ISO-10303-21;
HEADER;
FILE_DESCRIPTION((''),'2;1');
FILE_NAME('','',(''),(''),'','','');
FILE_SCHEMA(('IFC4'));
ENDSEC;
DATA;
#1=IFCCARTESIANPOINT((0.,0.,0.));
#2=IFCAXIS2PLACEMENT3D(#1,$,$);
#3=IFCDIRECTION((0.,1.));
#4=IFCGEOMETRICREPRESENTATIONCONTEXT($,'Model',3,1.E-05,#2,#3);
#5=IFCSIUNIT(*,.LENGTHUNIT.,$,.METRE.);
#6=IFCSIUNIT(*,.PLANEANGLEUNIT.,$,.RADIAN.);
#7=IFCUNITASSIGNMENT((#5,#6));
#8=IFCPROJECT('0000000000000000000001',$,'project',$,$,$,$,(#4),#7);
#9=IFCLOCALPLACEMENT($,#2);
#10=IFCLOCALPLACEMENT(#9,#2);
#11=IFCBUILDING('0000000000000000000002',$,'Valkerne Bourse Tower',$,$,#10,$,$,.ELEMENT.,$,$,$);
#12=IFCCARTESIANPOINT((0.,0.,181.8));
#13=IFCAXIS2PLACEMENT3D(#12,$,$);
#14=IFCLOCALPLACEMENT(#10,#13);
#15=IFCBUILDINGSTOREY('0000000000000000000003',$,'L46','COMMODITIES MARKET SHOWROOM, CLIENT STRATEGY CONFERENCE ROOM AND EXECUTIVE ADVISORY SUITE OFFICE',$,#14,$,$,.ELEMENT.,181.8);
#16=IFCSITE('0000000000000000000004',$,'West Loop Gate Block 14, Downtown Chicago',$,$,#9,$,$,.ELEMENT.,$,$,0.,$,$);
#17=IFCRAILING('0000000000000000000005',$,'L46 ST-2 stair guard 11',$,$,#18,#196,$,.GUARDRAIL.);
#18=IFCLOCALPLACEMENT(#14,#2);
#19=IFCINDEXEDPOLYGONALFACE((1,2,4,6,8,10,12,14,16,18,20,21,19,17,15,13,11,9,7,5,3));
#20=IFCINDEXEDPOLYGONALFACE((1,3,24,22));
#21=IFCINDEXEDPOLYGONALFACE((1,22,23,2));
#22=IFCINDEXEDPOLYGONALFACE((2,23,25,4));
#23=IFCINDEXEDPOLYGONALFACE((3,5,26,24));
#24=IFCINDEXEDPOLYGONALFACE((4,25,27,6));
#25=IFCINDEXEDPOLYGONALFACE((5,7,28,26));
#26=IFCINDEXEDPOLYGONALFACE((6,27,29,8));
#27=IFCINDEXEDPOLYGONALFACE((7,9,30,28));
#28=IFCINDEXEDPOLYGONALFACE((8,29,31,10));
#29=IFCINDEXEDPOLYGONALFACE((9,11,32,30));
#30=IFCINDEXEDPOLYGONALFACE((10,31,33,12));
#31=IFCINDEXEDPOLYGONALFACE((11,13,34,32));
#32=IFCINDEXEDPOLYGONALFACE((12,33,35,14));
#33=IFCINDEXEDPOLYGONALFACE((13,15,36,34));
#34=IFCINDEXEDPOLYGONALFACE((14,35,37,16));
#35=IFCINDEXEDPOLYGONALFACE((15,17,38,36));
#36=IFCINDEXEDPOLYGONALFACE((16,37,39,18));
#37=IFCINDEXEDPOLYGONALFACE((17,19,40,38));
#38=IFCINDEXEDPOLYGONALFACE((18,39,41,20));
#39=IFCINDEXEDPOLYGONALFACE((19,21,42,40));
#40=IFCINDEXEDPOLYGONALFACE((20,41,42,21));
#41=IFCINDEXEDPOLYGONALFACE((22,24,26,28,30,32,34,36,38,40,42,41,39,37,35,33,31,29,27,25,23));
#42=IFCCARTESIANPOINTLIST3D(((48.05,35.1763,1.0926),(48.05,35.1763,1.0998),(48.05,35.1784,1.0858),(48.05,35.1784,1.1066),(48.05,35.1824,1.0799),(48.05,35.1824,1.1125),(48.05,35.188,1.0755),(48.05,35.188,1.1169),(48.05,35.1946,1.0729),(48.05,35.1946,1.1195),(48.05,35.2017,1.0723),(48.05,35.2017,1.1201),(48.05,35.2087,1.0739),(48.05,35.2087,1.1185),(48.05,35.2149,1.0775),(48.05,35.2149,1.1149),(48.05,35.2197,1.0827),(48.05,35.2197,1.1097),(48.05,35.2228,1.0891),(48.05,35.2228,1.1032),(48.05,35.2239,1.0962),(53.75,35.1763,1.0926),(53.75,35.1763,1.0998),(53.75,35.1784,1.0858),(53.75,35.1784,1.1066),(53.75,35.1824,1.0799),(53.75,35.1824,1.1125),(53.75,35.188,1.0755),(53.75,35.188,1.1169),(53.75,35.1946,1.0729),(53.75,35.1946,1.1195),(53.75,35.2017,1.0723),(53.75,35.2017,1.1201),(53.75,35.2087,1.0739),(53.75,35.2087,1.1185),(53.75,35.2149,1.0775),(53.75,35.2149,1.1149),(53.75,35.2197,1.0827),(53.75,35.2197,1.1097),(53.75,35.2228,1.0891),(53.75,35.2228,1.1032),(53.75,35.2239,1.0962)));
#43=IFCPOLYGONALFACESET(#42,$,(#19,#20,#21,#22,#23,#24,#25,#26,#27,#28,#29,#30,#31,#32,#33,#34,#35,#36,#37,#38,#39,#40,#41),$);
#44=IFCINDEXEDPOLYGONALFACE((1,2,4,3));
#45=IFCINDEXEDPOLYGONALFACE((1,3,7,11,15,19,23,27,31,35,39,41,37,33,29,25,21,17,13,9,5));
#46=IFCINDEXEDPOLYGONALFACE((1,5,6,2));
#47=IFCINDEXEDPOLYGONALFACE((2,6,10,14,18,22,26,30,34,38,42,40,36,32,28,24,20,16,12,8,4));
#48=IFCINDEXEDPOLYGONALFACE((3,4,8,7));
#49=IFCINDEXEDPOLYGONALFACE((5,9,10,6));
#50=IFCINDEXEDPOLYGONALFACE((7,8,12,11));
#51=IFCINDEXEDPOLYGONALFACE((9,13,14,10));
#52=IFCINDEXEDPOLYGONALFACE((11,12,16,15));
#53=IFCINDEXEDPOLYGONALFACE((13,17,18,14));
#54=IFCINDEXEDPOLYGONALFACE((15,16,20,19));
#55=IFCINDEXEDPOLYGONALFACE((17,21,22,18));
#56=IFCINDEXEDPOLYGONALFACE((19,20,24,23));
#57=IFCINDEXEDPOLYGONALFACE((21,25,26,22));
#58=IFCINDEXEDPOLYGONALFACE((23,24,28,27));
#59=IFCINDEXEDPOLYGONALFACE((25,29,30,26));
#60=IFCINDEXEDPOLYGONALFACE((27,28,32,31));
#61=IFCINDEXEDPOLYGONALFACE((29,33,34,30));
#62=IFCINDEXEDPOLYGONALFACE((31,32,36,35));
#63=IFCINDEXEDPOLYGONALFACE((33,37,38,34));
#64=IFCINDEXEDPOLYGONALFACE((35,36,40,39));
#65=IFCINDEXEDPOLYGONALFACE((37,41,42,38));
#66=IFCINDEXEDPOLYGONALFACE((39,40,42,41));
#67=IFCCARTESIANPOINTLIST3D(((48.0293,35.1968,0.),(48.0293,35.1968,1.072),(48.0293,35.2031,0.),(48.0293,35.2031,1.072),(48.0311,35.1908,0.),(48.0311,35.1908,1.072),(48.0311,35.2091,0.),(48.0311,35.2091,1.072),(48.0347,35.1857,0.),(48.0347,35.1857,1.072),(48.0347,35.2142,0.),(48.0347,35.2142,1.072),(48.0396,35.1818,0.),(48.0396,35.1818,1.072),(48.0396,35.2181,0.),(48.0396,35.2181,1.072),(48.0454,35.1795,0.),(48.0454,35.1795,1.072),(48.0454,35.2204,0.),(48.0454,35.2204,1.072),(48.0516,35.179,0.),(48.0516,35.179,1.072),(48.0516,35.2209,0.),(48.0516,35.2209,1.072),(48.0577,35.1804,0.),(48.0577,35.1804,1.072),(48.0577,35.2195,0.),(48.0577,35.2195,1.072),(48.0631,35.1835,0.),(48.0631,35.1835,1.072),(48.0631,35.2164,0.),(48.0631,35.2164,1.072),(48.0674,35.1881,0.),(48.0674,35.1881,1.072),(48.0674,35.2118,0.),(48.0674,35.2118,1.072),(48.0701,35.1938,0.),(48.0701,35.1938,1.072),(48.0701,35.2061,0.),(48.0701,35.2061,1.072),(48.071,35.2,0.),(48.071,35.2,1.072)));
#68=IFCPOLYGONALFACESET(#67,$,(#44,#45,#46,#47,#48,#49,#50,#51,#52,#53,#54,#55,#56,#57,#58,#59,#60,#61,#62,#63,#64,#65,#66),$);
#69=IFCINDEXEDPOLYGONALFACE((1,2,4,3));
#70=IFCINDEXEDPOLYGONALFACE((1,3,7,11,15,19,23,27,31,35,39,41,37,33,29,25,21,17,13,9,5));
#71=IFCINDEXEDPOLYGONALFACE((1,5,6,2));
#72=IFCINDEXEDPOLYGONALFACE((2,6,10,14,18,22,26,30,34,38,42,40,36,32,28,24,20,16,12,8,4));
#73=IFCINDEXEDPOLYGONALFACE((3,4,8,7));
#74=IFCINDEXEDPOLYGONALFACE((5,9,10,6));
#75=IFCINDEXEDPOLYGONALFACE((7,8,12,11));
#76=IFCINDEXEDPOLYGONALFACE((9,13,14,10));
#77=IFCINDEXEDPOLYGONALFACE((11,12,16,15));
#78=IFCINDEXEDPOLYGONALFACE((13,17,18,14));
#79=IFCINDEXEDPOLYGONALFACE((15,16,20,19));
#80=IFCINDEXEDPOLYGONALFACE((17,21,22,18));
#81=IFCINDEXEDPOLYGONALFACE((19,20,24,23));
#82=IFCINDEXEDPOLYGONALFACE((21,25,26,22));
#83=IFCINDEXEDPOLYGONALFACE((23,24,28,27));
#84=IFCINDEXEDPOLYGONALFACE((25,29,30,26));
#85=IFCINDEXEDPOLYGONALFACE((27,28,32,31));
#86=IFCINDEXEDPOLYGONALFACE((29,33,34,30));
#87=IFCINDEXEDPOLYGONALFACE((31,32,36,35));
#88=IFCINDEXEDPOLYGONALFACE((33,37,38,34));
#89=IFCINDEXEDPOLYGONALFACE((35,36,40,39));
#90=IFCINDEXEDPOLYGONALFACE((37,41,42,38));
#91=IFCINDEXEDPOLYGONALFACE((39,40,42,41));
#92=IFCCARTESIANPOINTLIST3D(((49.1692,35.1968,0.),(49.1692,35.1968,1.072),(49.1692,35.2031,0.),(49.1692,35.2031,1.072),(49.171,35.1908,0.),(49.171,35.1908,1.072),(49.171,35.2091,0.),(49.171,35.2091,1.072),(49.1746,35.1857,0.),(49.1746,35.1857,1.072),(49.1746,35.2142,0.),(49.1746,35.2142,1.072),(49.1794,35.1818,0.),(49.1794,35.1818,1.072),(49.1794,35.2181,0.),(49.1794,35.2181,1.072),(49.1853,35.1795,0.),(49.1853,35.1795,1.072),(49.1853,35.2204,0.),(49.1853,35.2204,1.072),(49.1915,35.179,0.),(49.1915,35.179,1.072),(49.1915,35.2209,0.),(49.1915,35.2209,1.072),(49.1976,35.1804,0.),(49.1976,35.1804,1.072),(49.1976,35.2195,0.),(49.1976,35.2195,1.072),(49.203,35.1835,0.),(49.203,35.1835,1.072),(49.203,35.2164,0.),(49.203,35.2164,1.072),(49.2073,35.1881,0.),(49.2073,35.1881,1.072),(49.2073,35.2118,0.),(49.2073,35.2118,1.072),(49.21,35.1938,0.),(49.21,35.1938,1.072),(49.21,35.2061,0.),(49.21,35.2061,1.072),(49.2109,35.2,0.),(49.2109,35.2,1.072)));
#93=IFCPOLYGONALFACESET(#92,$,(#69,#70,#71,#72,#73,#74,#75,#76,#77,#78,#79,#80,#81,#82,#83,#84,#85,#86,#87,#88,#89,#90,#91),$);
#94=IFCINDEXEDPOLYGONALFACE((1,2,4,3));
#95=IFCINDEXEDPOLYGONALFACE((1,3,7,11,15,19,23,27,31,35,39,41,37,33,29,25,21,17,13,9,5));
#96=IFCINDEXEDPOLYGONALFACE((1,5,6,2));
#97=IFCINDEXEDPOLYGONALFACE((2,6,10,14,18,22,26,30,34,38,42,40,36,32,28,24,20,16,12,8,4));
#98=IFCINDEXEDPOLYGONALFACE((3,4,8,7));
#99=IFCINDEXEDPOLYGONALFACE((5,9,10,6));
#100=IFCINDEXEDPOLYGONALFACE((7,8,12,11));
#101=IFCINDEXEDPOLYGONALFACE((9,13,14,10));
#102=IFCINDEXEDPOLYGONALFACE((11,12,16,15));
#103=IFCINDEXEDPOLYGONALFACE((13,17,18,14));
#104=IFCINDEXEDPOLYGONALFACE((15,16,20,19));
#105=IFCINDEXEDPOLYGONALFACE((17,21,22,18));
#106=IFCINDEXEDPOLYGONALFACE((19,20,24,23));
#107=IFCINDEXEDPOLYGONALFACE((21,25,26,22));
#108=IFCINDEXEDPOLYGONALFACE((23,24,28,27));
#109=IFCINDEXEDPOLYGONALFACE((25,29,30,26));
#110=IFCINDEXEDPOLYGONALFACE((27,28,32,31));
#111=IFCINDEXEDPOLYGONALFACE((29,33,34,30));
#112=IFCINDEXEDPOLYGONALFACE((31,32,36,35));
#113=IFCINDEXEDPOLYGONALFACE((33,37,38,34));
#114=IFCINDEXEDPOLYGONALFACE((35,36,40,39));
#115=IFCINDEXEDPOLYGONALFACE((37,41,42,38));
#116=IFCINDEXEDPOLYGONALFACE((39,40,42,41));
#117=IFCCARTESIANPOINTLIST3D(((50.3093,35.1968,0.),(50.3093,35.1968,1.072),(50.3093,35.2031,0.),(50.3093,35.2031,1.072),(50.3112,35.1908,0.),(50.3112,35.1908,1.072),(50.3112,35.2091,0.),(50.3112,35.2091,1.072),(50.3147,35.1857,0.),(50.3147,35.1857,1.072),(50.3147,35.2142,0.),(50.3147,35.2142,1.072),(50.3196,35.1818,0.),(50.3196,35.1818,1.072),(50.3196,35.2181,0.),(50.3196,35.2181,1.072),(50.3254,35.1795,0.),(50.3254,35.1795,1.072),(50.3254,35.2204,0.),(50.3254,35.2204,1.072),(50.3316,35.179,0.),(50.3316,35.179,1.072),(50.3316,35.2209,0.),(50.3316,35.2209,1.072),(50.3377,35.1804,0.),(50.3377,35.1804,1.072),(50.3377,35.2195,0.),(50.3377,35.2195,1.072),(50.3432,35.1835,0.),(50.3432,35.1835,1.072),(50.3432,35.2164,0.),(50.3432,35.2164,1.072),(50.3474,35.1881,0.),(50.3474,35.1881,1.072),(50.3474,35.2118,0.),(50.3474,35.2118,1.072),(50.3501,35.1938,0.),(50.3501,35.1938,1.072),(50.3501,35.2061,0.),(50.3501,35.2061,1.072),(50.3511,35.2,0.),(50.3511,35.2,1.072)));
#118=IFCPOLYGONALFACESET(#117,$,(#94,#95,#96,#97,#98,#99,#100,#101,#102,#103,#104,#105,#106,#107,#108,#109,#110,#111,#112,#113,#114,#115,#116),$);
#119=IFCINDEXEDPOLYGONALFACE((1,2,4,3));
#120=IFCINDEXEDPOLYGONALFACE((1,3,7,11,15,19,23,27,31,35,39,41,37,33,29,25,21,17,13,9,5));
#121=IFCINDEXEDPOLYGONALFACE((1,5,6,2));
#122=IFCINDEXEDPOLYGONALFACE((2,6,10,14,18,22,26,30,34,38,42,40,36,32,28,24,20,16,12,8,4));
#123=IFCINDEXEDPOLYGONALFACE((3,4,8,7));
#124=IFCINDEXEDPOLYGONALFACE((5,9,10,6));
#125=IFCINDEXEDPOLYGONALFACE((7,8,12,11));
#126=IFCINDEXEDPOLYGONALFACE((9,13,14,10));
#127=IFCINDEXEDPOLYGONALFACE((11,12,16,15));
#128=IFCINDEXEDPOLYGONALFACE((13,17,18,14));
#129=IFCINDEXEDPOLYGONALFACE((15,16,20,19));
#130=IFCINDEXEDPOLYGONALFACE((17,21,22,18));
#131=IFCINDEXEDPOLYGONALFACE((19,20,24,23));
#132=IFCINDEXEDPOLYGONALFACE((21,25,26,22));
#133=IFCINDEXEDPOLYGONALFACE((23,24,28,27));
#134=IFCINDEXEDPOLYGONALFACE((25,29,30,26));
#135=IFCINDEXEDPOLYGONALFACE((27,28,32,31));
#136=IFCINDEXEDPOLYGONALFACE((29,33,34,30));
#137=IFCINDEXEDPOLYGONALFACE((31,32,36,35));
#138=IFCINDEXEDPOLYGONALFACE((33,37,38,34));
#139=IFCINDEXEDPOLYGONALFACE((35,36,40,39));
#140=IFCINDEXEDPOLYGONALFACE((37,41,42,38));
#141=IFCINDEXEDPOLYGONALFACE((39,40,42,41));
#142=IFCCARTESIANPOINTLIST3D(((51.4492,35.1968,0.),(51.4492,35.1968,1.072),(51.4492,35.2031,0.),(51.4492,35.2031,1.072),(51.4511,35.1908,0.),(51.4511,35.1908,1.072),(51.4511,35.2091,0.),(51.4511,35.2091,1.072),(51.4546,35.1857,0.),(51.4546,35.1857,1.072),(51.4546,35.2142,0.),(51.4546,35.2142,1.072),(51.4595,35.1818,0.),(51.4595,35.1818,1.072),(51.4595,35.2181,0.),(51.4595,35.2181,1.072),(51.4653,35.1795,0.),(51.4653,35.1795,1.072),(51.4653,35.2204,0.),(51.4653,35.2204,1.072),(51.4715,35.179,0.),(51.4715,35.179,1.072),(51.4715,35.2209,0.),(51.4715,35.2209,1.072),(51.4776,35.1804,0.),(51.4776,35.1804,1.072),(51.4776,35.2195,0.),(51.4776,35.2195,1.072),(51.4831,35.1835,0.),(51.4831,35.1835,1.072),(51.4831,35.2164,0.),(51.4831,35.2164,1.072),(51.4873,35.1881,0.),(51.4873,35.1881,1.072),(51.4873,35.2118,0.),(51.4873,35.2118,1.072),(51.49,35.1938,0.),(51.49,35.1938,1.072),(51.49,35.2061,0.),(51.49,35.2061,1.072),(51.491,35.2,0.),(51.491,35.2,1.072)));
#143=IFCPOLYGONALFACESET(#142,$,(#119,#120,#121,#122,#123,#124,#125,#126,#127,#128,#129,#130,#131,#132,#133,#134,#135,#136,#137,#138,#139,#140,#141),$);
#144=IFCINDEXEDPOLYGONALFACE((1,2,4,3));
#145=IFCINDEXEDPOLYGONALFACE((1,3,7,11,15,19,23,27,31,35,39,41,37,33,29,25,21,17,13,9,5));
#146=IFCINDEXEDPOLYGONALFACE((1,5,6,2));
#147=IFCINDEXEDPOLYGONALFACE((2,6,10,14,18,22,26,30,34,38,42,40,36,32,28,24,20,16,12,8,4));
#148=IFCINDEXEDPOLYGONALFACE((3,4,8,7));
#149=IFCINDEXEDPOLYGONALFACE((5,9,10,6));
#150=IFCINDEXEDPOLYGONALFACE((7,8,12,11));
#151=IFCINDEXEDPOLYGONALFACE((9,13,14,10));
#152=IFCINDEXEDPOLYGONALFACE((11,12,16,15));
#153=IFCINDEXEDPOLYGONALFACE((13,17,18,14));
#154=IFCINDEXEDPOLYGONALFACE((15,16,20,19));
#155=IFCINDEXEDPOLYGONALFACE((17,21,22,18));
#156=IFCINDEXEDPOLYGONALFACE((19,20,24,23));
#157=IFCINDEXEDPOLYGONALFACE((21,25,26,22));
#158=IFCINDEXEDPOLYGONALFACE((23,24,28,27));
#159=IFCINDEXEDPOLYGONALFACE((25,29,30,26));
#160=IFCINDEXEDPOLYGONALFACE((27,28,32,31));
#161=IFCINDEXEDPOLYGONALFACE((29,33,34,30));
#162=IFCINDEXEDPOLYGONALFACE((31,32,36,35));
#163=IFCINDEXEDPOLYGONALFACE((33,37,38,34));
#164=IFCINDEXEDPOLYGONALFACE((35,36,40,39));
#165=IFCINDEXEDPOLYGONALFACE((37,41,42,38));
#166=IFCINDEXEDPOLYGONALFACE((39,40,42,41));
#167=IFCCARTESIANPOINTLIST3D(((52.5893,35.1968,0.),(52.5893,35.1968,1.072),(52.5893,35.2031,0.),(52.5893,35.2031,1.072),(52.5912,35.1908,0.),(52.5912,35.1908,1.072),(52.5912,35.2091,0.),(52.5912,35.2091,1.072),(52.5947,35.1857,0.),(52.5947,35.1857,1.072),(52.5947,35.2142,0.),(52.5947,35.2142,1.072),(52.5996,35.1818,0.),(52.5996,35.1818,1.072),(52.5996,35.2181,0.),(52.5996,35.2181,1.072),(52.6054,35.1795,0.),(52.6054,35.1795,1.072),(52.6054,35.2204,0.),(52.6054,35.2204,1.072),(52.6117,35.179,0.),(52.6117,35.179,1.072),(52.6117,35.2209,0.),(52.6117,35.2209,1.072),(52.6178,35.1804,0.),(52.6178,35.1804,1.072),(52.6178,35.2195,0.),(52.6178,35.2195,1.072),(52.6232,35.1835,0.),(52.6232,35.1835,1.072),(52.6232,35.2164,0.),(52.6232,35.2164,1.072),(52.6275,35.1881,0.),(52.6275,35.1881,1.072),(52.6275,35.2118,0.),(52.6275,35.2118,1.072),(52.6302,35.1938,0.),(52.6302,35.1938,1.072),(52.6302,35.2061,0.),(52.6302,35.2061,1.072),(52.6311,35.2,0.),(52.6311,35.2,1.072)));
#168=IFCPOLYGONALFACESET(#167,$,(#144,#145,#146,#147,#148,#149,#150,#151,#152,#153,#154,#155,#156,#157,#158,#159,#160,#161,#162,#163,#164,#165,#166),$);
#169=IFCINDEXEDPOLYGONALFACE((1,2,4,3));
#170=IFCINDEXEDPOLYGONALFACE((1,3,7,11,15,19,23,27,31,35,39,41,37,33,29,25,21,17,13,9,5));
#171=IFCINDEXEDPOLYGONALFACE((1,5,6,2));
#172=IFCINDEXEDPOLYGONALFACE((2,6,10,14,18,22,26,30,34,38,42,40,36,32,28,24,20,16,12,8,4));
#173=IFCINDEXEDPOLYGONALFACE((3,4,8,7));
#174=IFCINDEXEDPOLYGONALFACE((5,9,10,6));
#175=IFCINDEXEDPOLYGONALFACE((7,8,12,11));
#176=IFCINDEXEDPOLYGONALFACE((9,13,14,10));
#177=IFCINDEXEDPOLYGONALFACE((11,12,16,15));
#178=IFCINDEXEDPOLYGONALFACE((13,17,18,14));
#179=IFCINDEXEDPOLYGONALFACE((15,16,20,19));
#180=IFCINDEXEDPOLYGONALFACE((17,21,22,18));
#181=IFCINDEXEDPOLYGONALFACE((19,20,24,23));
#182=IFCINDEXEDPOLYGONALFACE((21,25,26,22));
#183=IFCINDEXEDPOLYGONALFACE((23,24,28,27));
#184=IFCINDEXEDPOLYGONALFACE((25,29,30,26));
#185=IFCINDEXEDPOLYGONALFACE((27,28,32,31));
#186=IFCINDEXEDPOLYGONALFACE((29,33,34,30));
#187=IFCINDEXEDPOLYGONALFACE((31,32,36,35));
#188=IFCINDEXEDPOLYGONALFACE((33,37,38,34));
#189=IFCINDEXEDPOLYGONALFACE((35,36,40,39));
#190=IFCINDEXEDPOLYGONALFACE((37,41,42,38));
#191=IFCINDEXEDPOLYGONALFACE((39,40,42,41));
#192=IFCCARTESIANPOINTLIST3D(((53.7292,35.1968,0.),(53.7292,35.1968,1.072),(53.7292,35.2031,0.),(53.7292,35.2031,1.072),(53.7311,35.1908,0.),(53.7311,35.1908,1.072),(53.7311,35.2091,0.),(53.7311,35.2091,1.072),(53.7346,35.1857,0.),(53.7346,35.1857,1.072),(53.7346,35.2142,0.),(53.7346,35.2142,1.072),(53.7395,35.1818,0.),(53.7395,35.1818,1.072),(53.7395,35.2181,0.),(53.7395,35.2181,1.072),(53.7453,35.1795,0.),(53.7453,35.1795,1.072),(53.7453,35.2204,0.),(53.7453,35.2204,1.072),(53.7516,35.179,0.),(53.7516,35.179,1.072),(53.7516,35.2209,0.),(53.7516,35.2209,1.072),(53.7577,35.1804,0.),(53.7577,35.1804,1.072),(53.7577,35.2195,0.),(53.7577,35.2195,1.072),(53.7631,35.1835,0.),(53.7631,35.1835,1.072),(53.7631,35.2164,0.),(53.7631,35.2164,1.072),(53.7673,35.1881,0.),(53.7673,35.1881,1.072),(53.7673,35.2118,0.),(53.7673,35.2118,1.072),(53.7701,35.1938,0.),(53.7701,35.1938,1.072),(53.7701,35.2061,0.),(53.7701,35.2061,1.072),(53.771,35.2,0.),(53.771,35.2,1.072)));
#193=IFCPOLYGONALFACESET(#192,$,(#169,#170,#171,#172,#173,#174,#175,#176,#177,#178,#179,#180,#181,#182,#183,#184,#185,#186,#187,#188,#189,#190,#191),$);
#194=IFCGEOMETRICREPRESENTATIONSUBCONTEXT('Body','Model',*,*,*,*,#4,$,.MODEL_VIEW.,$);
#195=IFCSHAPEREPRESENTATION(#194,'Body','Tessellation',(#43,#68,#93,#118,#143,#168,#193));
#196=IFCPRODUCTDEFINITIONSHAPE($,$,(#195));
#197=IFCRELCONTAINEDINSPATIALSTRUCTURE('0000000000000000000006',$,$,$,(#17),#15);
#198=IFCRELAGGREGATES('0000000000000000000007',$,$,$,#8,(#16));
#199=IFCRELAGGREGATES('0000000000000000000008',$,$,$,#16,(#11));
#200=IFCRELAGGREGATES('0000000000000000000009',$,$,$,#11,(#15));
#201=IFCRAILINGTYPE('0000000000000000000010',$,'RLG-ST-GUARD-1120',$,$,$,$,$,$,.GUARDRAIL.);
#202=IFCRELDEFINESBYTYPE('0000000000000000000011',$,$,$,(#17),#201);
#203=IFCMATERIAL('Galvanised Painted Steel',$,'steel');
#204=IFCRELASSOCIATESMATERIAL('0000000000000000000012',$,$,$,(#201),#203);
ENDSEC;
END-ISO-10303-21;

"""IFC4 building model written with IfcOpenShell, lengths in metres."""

from ifc_helpers import new_model, si_unit, direction, frame, origin, origin_2d, place, context, subcontext, project, spatial, circle, extrude, material, type_object, element, save


model = new_model("IFC4")

# Units and contexts
model_context = context("Model", 3, precision=1e-05, world=origin(), true_north=direction((0.0, 1.0)))
body_context = subcontext(model_context, "Body", "Model", "MODEL_VIEW")
ifc_project = project(units=[si_unit("LENGTHUNIT", "METRE"), si_unit("PLANEANGLEUNIT", "RADIAN")], contexts=[model_context])

# Site, building, storey
site_placement = place(None, origin())
site = spatial("IfcSite", under=ifc_project, at=site_placement, Name="West Loop Gate Block 14, Downtown Chicago", CompositionType="ELEMENT", RefElevation=0.0)
building_placement = place(site_placement, origin())
building = spatial("IfcBuilding", under=site, at=building_placement, Name="Valkerne Bourse Tower", CompositionType="ELEMENT")
storey_placement = place(building_placement, frame((0.0, 0.0, 181.8)))
storey = spatial("IfcBuildingStorey", under=building, at=storey_placement, Name="L46", Description="COMMODITIES MARKET SHOWROOM, CLIENT STRATEGY CONFERENCE ROOM AND EXECUTIVE ADVISORY SUITE OFFICE", CompositionType="ELEMENT", Elevation=181.8)

# Shared definitions
ifc_material_1 = material(Name="Galvanised Painted Steel", Category="steel")

# Railing
railing_type_1 = type_object("IfcRailingType", Name="RLG-ST-GUARD-1120", PredefinedType="GUARDRAIL", material=ifc_material_1)
for number, where, name in (
    (1, (48.05, 35.2, 0.0), "L46 ST-2 stair guard 11"),
):
    element("IfcRailing", number, at=place(storey_placement, frame(where)), inside=storey, type_object=railing_type_1, Name=name, PredefinedType="GUARDRAIL", context=body_context, shape_type="SweptSolid", body=[
        extrude(circle(Radius=0.0239, at=origin_2d()), frame((0.0, 0.0, 1.0962), z_axis=(1.0, 0.0, 0.0), x_axis=(0.0, 1.0, 0.0)), (0.0, 0.0, 1.0), 5.7),
        extrude(circle(Radius=0.021, at=origin_2d()), origin(), (0.0, 0.0, 1.0), 1.072),
        extrude(circle(Radius=0.021, at=origin_2d()), frame((1.1399, 0.0, 0.0)), (0.0, 0.0, 1.0), 1.072),
        extrude(circle(Radius=0.021, at=origin_2d()), frame((2.28, 0.0, 0.0)), (0.0, 0.0, 1.0), 1.072),
        extrude(circle(Radius=0.021, at=origin_2d()), frame((3.4199, 0.0, 0.0)), (0.0, 0.0, 1.0), 1.072),
        extrude(circle(Radius=0.021, at=origin_2d()), frame((4.5601, 0.0, 0.0)), (0.0, 0.0, 1.0), 1.072),
        extrude(circle(Radius=0.021, at=origin_2d()), frame((5.7, 0.0, 0.0)), (0.0, 0.0, 1.0), 1.072),
    ])

save(model, "model.ifc")
